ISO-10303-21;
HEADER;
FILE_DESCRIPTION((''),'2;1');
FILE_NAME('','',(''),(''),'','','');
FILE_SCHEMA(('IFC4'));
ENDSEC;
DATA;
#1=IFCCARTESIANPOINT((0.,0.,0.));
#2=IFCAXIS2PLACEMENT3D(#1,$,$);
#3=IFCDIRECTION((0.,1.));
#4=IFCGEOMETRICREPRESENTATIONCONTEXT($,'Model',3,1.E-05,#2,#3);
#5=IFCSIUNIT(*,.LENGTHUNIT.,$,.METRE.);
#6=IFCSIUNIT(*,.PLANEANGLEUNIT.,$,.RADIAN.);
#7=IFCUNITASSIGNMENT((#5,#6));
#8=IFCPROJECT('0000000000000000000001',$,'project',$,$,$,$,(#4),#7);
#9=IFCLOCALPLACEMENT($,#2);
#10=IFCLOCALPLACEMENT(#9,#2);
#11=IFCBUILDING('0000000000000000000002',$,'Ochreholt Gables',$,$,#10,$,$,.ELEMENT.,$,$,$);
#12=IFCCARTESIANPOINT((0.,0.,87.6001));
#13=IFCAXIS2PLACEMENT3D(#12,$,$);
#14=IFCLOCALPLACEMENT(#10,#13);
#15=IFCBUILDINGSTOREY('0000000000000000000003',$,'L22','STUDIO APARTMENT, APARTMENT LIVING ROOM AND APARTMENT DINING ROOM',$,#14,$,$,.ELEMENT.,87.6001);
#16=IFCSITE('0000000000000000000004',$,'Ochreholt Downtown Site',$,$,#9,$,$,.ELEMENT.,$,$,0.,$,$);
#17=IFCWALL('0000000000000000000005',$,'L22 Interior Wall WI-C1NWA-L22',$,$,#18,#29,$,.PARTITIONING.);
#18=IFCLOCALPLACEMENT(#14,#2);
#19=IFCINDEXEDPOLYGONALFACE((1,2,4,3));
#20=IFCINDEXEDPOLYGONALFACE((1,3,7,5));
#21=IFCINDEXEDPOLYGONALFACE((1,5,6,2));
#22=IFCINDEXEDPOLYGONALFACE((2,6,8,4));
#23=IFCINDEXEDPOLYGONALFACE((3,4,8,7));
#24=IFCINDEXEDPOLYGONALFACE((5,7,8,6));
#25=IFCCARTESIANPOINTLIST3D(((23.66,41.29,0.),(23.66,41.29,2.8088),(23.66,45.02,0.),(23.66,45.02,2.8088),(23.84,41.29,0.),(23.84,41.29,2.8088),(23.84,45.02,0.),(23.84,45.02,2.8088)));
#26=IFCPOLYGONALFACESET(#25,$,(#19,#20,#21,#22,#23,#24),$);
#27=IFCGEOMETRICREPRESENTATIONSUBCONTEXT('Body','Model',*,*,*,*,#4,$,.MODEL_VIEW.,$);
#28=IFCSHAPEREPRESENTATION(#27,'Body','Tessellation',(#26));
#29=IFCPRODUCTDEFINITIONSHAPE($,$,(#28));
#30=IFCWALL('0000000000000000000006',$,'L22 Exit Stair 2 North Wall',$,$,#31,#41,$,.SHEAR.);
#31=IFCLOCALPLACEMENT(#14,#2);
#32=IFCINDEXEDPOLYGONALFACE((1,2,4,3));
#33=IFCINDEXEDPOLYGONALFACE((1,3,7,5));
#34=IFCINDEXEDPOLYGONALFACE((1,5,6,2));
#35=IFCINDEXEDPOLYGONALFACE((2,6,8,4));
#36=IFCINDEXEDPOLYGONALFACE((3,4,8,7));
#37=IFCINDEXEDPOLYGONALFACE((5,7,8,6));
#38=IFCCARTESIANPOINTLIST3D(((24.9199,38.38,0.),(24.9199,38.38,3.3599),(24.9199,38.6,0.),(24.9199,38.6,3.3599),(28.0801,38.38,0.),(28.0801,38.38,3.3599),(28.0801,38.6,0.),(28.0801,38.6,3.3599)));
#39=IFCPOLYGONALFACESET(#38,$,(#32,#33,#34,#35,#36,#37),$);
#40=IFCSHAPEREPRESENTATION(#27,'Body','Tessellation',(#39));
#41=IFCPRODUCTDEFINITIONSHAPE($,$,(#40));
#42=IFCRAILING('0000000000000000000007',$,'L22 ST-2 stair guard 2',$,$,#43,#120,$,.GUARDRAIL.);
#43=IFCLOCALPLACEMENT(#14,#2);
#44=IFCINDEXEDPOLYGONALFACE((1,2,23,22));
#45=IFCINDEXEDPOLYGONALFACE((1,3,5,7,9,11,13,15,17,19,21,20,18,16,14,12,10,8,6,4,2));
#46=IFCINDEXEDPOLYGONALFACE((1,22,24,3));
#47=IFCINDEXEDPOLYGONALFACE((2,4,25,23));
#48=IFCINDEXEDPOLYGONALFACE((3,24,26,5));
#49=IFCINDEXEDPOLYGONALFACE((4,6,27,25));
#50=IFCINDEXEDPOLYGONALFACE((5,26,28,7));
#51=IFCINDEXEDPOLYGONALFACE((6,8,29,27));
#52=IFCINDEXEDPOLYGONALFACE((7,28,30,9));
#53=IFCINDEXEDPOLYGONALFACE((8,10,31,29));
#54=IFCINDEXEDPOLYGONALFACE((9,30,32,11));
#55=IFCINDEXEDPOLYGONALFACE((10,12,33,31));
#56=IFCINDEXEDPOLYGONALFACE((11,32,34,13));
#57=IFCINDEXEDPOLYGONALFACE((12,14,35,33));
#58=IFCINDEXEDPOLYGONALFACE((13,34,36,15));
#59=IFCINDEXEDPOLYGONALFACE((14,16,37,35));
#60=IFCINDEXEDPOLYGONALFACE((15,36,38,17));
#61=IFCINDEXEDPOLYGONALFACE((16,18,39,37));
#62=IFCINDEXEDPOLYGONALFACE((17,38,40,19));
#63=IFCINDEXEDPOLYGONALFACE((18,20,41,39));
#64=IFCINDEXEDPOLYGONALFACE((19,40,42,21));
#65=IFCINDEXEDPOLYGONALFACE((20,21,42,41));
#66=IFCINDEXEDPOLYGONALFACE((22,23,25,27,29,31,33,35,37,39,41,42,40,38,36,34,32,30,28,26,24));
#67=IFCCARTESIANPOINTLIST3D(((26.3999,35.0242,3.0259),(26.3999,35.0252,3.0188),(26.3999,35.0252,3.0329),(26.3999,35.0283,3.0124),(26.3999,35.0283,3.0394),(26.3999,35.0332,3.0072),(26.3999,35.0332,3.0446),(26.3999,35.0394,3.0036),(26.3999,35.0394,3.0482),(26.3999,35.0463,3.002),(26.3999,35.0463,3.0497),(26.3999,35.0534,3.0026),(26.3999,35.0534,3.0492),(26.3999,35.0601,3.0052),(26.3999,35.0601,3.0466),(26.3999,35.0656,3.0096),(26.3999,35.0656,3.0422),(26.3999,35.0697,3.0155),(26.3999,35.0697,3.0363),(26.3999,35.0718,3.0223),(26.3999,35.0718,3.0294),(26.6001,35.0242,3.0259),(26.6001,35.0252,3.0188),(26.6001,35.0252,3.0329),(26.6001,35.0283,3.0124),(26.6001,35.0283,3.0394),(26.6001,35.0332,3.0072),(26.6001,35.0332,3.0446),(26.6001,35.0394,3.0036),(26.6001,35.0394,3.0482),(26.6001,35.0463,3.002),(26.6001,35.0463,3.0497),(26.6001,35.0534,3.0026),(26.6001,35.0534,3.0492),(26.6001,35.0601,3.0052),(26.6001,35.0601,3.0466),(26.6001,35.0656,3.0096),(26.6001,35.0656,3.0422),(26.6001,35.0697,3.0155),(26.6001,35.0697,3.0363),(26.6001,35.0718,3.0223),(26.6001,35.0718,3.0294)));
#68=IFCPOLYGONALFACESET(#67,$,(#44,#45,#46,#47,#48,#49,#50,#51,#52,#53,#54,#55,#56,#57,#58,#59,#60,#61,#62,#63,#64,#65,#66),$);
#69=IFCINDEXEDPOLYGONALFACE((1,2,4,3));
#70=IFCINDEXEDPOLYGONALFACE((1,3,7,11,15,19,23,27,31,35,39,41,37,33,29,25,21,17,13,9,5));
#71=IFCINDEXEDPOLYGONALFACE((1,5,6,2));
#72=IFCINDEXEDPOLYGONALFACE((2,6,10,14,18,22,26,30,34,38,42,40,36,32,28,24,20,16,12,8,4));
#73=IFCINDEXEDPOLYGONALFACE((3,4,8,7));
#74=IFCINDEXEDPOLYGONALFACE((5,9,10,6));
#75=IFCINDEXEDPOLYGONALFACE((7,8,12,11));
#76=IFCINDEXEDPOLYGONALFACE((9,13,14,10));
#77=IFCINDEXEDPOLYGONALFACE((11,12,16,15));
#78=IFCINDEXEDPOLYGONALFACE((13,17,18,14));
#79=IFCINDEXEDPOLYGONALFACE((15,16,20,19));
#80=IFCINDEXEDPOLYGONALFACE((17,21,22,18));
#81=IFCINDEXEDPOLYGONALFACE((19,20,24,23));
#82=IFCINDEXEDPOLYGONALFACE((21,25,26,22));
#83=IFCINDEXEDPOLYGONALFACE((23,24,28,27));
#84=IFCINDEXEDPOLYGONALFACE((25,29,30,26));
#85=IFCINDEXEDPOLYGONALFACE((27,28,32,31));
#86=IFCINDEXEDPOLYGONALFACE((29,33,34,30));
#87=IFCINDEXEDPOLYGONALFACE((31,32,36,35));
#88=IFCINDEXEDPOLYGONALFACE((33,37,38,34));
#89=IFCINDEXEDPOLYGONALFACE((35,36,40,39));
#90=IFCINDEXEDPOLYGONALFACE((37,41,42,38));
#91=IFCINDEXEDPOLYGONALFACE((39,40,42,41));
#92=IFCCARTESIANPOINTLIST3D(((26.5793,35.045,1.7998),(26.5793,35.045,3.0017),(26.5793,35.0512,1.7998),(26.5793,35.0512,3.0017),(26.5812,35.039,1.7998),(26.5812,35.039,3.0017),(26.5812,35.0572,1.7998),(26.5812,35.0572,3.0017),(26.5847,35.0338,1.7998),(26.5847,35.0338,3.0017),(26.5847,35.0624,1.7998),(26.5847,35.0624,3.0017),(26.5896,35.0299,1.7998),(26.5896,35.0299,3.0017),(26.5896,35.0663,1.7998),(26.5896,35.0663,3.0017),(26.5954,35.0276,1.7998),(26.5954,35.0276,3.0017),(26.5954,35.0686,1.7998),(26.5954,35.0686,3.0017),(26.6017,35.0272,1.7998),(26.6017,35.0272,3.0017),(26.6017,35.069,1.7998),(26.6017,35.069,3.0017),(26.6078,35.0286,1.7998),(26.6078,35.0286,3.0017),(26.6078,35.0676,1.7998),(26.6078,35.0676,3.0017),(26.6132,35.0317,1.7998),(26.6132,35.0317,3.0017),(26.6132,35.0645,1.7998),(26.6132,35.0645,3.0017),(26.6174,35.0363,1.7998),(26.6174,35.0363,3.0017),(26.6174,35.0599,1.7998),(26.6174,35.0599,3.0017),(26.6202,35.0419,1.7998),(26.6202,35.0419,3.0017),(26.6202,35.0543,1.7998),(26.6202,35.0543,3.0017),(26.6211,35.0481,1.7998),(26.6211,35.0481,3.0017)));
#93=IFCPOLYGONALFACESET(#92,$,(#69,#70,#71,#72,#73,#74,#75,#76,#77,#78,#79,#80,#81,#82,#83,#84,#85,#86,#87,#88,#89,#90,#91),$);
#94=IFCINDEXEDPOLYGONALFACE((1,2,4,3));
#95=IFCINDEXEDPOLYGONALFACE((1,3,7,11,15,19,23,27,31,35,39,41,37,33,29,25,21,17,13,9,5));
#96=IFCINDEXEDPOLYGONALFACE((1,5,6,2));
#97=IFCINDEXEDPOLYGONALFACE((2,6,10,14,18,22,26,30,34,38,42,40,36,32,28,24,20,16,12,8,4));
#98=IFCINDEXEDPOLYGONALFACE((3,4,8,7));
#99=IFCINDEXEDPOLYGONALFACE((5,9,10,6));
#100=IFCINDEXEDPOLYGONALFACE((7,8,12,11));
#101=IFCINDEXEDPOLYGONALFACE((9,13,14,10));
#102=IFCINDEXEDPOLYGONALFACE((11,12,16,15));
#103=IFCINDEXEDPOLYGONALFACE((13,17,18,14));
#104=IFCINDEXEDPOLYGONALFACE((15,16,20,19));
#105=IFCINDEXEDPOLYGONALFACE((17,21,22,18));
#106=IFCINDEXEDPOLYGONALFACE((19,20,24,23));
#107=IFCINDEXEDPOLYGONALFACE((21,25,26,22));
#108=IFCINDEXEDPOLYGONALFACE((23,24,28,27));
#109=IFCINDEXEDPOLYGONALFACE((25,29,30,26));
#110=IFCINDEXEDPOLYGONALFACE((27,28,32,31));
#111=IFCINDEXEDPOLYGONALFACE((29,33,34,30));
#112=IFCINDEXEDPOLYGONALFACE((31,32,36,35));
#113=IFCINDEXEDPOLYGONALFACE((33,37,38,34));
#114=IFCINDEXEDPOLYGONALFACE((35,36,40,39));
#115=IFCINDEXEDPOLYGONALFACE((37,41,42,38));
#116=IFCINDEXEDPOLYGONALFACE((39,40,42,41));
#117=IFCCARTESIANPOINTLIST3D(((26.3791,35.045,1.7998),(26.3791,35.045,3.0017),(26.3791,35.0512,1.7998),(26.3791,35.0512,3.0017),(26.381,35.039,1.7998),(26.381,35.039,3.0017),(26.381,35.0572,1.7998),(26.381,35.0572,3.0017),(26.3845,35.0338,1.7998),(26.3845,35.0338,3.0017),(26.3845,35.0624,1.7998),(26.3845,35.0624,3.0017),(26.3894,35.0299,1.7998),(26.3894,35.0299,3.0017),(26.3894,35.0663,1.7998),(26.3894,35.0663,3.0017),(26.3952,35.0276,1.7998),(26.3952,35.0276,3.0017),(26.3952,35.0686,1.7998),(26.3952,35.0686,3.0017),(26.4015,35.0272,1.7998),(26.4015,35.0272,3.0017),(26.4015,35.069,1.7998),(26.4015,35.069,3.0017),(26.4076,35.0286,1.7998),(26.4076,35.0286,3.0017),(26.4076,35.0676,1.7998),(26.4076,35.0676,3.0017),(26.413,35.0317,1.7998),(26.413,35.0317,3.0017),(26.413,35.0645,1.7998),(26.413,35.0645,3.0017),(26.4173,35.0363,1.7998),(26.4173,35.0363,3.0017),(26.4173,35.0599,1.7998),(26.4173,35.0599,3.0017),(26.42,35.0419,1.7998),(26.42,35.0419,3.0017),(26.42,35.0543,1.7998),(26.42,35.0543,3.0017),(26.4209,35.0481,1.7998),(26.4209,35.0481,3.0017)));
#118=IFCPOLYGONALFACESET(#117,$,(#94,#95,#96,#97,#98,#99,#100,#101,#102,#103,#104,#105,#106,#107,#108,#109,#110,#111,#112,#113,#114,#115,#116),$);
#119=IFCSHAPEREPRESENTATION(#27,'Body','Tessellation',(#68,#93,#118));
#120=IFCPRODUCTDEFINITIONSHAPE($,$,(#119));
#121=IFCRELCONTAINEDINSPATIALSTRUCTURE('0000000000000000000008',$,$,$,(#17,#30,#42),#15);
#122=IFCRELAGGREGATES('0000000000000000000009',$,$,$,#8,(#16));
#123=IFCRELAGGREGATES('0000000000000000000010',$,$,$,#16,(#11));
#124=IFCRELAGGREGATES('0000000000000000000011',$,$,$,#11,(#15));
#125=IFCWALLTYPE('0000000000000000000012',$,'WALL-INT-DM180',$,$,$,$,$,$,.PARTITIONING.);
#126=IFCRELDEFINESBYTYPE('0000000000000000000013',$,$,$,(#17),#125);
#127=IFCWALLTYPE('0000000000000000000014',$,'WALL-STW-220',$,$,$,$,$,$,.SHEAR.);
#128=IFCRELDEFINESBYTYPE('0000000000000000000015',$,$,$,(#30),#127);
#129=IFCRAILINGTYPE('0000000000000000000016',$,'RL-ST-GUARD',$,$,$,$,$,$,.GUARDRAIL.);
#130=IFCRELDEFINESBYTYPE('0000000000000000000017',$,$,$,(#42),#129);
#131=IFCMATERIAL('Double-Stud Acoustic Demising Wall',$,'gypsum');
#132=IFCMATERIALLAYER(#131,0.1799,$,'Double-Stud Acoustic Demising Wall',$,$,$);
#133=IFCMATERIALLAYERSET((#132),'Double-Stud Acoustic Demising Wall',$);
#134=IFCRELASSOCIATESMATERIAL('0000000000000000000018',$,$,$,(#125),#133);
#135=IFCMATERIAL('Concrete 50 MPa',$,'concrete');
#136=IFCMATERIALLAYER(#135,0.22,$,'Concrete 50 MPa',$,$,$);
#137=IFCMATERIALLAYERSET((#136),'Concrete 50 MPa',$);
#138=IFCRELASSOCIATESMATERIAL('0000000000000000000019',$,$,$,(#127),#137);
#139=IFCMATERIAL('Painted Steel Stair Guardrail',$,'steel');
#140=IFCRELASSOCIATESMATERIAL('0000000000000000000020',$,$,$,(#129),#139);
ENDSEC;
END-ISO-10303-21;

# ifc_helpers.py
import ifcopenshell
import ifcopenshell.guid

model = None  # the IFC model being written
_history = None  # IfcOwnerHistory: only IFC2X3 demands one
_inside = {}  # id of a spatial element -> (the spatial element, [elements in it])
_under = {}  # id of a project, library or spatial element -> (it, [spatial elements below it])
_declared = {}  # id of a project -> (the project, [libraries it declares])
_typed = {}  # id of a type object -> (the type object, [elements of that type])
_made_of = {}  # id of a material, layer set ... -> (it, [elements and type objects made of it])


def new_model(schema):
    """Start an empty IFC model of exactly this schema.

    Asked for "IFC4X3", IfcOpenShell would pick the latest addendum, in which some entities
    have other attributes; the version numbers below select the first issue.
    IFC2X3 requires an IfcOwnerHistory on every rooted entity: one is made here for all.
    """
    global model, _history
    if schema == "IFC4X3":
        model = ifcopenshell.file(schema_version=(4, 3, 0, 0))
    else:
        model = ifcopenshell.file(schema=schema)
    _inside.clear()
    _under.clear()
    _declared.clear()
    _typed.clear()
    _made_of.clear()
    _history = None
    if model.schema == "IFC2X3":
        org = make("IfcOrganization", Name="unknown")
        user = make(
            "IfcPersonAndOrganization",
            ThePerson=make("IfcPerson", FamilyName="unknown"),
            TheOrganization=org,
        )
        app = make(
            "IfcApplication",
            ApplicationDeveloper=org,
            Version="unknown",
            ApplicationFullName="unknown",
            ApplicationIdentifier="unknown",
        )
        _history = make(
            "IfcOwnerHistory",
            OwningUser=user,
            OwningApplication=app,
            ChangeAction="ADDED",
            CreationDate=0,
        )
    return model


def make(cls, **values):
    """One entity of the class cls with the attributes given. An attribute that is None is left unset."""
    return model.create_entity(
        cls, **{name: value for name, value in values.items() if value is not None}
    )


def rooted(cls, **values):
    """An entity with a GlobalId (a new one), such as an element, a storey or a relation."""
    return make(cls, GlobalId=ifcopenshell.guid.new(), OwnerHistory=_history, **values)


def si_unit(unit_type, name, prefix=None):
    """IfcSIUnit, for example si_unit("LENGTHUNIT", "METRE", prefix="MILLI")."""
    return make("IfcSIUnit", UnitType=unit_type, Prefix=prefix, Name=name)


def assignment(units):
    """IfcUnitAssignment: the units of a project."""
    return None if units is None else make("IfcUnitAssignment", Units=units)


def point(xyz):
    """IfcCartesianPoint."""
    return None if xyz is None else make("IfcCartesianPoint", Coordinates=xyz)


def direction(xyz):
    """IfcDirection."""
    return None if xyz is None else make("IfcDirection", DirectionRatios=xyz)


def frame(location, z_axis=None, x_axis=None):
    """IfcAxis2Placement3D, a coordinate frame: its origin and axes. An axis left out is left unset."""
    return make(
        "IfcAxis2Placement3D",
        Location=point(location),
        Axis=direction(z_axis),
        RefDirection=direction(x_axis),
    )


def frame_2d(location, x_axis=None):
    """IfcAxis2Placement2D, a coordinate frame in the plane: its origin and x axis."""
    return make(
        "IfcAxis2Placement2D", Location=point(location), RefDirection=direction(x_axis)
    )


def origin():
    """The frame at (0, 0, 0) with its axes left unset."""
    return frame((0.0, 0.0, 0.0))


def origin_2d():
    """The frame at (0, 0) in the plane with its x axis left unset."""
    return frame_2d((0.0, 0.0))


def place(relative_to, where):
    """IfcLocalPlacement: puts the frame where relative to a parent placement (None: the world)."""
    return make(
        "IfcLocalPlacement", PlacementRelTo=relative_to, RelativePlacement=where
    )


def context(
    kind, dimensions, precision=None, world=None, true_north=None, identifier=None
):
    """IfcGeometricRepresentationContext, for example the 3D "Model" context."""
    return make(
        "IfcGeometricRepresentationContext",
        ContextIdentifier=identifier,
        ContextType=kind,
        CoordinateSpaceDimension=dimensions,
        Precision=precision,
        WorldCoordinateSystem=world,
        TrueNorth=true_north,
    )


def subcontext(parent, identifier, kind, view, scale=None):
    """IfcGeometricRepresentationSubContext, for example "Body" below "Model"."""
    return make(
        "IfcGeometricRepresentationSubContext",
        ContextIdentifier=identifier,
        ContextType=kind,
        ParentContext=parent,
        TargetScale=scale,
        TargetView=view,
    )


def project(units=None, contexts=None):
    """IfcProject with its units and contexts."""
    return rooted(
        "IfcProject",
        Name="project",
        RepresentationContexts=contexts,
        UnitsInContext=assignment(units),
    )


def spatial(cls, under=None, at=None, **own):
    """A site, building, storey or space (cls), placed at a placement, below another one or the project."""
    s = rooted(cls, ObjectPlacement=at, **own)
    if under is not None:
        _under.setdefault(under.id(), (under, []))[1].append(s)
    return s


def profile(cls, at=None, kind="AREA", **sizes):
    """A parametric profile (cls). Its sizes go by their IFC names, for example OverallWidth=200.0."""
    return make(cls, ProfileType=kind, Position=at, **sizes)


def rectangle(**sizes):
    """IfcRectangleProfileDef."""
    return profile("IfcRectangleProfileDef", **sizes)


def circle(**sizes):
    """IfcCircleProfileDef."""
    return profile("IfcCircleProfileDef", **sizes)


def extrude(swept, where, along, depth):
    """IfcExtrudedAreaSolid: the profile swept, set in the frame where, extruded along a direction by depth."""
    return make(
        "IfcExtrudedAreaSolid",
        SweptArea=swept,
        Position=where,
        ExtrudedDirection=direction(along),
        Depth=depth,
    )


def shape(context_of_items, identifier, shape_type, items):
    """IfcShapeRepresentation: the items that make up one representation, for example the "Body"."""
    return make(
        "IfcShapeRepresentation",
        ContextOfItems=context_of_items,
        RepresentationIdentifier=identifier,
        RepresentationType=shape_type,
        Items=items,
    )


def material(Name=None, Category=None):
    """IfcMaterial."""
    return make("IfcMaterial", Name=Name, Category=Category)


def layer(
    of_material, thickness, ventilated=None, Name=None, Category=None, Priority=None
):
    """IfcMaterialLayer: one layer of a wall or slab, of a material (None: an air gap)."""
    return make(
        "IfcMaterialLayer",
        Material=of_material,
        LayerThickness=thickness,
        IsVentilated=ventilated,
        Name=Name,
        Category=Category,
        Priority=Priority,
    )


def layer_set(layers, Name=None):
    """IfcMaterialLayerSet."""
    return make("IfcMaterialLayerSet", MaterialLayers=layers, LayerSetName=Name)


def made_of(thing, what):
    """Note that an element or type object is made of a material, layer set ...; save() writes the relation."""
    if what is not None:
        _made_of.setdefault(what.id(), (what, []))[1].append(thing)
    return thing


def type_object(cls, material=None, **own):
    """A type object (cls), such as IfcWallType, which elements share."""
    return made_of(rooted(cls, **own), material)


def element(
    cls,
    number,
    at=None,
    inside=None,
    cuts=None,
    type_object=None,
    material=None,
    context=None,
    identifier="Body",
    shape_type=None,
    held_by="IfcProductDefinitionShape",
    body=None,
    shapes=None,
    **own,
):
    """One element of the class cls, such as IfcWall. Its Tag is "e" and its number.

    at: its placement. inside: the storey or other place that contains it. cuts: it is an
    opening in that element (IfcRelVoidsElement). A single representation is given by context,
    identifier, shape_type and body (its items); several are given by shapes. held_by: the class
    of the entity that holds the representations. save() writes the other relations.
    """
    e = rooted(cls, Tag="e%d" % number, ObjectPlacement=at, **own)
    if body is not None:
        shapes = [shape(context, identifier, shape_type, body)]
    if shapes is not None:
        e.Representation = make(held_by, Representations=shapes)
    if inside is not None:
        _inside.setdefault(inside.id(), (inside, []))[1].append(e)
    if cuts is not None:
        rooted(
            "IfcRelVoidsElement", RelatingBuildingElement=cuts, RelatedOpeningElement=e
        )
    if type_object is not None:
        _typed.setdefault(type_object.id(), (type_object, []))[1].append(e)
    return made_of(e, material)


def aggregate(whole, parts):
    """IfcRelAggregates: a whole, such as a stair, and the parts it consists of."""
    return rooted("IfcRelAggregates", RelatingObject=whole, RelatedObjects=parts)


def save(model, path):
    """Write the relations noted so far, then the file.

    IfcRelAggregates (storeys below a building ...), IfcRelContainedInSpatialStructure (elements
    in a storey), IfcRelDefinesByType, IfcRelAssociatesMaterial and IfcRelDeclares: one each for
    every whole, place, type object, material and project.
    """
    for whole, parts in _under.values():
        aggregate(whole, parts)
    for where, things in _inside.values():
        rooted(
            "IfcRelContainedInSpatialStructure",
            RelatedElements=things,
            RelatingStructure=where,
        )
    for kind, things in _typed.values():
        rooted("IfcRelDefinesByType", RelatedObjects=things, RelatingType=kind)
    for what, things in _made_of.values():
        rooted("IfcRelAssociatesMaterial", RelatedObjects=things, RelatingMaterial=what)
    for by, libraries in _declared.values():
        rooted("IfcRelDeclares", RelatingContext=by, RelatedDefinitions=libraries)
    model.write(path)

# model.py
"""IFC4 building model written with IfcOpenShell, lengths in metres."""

from ifc_helpers import new_model, si_unit, direction, frame, frame_2d, origin, origin_2d, place, context, subcontext, project, spatial, rectangle, circle, extrude, material, layer, layer_set, type_object, element, save


model = new_model("IFC4")

# Units and contexts
model_context = context("Model", 3, precision=1e-05, world=origin(), true_north=direction((0.0, 1.0)))
body_context = subcontext(model_context, "Body", "Model", "MODEL_VIEW")
ifc_project = project(units=[si_unit("LENGTHUNIT", "METRE"), si_unit("PLANEANGLEUNIT", "RADIAN")], contexts=[model_context])

# Site, building, storey
site_placement = place(None, origin())
site = spatial("IfcSite", under=ifc_project, at=site_placement, Name="Ochreholt Downtown Site", CompositionType="ELEMENT", RefElevation=0.0)
building_placement = place(site_placement, origin())
building = spatial("IfcBuilding", under=site, at=building_placement, Name="Ochreholt Gables", CompositionType="ELEMENT")
storey_placement = place(building_placement, frame((0.0, 0.0, 87.6001)))
storey = spatial("IfcBuildingStorey", under=building, at=storey_placement, Name="L22", Description="STUDIO APARTMENT, APARTMENT LIVING ROOM AND APARTMENT DINING ROOM", CompositionType="ELEMENT", Elevation=87.6001)

# Walls
ifc_material_1 = material(Name="Double-Stud Acoustic Demising Wall", Category="gypsum")
ifc_layer_1 = layer(ifc_material_1, 0.1799, Name="Double-Stud Acoustic Demising Wall")
ifc_layer_set_1 = layer_set([ifc_layer_1], Name="Double-Stud Acoustic Demising Wall")
wall_type_1 = type_object("IfcWallType", Name="WALL-INT-DM180", PredefinedType="PARTITIONING", material=ifc_layer_set_1)
wall_1_placement = place(storey_placement, frame((23.75, 41.29, 0.0), z_axis=(0.0, 0.0, 1.0), x_axis=(0.0, 1.0, 0.0)))
element("IfcWall", 1, at=wall_1_placement, inside=storey, type_object=wall_type_1, Name="L22 Interior Wall WI-C1NWA-L22", PredefinedType="PARTITIONING", context=body_context, shape_type="SweptSolid", body=[
    extrude(rectangle(XDim=3.73, YDim=0.1799, at=frame_2d((1.865, 0.0))), origin(), (0.0, 0.0, 1.0), 2.8088),
])
ifc_material_2 = material(Name="Concrete 50 MPa", Category="concrete")
ifc_layer_2 = layer(ifc_material_2, 0.22, Name="Concrete 50 MPa")
ifc_layer_set_2 = layer_set([ifc_layer_2], Name="Concrete 50 MPa")
wall_type_2 = type_object("IfcWallType", Name="WALL-STW-220", PredefinedType="SHEAR", material=ifc_layer_set_2)
wall_2_placement = place(storey_placement, frame((24.9199, 38.49, 0.0), z_axis=(0.0, 0.0, 1.0), x_axis=(1.0, 0.0, 0.0)))
element("IfcWall", 2, at=wall_2_placement, inside=storey, type_object=wall_type_2, Name="L22 Exit Stair 2 North Wall", PredefinedType="SHEAR", context=body_context, shape_type="SweptSolid", body=[
    extrude(rectangle(XDim=3.1602, YDim=0.22, at=frame_2d((1.5801, 0.0))), origin(), (0.0, 0.0, 1.0), 3.3599),
])

# Railing
ifc_material_3 = material(Name="Painted Steel Stair Guardrail", Category="steel")
railing_type = type_object("IfcRailingType", Name="RL-ST-GUARD", PredefinedType="GUARDRAIL", material=ifc_material_3)
railing_placement = place(storey_placement, frame((26.6001, 35.0481, 1.7998)))
element("IfcRailing", 3, at=railing_placement, inside=storey, type_object=railing_type, Name="L22 ST-2 stair guard 2", PredefinedType="GUARDRAIL", context=body_context, shape_type="SweptSolid", body=[
    extrude(circle(Radius=0.0239, at=origin_2d()), frame((0.0, 0.0, 1.2261), z_axis=(-1.0, 0.0, 0.0), x_axis=(0.0, -1.0, 0.0)), (0.0, 0.0, 1.0), 0.2002),
    extrude(circle(Radius=0.021, at=origin_2d()), origin(), (0.0, 0.0, 1.0), 1.2019),
    extrude(circle(Radius=0.021, at=origin_2d()), frame((-0.2002, 0.0, 0.0)), (0.0, 0.0, 1.0), 1.2019),
])

save(model, "model.ifc")
